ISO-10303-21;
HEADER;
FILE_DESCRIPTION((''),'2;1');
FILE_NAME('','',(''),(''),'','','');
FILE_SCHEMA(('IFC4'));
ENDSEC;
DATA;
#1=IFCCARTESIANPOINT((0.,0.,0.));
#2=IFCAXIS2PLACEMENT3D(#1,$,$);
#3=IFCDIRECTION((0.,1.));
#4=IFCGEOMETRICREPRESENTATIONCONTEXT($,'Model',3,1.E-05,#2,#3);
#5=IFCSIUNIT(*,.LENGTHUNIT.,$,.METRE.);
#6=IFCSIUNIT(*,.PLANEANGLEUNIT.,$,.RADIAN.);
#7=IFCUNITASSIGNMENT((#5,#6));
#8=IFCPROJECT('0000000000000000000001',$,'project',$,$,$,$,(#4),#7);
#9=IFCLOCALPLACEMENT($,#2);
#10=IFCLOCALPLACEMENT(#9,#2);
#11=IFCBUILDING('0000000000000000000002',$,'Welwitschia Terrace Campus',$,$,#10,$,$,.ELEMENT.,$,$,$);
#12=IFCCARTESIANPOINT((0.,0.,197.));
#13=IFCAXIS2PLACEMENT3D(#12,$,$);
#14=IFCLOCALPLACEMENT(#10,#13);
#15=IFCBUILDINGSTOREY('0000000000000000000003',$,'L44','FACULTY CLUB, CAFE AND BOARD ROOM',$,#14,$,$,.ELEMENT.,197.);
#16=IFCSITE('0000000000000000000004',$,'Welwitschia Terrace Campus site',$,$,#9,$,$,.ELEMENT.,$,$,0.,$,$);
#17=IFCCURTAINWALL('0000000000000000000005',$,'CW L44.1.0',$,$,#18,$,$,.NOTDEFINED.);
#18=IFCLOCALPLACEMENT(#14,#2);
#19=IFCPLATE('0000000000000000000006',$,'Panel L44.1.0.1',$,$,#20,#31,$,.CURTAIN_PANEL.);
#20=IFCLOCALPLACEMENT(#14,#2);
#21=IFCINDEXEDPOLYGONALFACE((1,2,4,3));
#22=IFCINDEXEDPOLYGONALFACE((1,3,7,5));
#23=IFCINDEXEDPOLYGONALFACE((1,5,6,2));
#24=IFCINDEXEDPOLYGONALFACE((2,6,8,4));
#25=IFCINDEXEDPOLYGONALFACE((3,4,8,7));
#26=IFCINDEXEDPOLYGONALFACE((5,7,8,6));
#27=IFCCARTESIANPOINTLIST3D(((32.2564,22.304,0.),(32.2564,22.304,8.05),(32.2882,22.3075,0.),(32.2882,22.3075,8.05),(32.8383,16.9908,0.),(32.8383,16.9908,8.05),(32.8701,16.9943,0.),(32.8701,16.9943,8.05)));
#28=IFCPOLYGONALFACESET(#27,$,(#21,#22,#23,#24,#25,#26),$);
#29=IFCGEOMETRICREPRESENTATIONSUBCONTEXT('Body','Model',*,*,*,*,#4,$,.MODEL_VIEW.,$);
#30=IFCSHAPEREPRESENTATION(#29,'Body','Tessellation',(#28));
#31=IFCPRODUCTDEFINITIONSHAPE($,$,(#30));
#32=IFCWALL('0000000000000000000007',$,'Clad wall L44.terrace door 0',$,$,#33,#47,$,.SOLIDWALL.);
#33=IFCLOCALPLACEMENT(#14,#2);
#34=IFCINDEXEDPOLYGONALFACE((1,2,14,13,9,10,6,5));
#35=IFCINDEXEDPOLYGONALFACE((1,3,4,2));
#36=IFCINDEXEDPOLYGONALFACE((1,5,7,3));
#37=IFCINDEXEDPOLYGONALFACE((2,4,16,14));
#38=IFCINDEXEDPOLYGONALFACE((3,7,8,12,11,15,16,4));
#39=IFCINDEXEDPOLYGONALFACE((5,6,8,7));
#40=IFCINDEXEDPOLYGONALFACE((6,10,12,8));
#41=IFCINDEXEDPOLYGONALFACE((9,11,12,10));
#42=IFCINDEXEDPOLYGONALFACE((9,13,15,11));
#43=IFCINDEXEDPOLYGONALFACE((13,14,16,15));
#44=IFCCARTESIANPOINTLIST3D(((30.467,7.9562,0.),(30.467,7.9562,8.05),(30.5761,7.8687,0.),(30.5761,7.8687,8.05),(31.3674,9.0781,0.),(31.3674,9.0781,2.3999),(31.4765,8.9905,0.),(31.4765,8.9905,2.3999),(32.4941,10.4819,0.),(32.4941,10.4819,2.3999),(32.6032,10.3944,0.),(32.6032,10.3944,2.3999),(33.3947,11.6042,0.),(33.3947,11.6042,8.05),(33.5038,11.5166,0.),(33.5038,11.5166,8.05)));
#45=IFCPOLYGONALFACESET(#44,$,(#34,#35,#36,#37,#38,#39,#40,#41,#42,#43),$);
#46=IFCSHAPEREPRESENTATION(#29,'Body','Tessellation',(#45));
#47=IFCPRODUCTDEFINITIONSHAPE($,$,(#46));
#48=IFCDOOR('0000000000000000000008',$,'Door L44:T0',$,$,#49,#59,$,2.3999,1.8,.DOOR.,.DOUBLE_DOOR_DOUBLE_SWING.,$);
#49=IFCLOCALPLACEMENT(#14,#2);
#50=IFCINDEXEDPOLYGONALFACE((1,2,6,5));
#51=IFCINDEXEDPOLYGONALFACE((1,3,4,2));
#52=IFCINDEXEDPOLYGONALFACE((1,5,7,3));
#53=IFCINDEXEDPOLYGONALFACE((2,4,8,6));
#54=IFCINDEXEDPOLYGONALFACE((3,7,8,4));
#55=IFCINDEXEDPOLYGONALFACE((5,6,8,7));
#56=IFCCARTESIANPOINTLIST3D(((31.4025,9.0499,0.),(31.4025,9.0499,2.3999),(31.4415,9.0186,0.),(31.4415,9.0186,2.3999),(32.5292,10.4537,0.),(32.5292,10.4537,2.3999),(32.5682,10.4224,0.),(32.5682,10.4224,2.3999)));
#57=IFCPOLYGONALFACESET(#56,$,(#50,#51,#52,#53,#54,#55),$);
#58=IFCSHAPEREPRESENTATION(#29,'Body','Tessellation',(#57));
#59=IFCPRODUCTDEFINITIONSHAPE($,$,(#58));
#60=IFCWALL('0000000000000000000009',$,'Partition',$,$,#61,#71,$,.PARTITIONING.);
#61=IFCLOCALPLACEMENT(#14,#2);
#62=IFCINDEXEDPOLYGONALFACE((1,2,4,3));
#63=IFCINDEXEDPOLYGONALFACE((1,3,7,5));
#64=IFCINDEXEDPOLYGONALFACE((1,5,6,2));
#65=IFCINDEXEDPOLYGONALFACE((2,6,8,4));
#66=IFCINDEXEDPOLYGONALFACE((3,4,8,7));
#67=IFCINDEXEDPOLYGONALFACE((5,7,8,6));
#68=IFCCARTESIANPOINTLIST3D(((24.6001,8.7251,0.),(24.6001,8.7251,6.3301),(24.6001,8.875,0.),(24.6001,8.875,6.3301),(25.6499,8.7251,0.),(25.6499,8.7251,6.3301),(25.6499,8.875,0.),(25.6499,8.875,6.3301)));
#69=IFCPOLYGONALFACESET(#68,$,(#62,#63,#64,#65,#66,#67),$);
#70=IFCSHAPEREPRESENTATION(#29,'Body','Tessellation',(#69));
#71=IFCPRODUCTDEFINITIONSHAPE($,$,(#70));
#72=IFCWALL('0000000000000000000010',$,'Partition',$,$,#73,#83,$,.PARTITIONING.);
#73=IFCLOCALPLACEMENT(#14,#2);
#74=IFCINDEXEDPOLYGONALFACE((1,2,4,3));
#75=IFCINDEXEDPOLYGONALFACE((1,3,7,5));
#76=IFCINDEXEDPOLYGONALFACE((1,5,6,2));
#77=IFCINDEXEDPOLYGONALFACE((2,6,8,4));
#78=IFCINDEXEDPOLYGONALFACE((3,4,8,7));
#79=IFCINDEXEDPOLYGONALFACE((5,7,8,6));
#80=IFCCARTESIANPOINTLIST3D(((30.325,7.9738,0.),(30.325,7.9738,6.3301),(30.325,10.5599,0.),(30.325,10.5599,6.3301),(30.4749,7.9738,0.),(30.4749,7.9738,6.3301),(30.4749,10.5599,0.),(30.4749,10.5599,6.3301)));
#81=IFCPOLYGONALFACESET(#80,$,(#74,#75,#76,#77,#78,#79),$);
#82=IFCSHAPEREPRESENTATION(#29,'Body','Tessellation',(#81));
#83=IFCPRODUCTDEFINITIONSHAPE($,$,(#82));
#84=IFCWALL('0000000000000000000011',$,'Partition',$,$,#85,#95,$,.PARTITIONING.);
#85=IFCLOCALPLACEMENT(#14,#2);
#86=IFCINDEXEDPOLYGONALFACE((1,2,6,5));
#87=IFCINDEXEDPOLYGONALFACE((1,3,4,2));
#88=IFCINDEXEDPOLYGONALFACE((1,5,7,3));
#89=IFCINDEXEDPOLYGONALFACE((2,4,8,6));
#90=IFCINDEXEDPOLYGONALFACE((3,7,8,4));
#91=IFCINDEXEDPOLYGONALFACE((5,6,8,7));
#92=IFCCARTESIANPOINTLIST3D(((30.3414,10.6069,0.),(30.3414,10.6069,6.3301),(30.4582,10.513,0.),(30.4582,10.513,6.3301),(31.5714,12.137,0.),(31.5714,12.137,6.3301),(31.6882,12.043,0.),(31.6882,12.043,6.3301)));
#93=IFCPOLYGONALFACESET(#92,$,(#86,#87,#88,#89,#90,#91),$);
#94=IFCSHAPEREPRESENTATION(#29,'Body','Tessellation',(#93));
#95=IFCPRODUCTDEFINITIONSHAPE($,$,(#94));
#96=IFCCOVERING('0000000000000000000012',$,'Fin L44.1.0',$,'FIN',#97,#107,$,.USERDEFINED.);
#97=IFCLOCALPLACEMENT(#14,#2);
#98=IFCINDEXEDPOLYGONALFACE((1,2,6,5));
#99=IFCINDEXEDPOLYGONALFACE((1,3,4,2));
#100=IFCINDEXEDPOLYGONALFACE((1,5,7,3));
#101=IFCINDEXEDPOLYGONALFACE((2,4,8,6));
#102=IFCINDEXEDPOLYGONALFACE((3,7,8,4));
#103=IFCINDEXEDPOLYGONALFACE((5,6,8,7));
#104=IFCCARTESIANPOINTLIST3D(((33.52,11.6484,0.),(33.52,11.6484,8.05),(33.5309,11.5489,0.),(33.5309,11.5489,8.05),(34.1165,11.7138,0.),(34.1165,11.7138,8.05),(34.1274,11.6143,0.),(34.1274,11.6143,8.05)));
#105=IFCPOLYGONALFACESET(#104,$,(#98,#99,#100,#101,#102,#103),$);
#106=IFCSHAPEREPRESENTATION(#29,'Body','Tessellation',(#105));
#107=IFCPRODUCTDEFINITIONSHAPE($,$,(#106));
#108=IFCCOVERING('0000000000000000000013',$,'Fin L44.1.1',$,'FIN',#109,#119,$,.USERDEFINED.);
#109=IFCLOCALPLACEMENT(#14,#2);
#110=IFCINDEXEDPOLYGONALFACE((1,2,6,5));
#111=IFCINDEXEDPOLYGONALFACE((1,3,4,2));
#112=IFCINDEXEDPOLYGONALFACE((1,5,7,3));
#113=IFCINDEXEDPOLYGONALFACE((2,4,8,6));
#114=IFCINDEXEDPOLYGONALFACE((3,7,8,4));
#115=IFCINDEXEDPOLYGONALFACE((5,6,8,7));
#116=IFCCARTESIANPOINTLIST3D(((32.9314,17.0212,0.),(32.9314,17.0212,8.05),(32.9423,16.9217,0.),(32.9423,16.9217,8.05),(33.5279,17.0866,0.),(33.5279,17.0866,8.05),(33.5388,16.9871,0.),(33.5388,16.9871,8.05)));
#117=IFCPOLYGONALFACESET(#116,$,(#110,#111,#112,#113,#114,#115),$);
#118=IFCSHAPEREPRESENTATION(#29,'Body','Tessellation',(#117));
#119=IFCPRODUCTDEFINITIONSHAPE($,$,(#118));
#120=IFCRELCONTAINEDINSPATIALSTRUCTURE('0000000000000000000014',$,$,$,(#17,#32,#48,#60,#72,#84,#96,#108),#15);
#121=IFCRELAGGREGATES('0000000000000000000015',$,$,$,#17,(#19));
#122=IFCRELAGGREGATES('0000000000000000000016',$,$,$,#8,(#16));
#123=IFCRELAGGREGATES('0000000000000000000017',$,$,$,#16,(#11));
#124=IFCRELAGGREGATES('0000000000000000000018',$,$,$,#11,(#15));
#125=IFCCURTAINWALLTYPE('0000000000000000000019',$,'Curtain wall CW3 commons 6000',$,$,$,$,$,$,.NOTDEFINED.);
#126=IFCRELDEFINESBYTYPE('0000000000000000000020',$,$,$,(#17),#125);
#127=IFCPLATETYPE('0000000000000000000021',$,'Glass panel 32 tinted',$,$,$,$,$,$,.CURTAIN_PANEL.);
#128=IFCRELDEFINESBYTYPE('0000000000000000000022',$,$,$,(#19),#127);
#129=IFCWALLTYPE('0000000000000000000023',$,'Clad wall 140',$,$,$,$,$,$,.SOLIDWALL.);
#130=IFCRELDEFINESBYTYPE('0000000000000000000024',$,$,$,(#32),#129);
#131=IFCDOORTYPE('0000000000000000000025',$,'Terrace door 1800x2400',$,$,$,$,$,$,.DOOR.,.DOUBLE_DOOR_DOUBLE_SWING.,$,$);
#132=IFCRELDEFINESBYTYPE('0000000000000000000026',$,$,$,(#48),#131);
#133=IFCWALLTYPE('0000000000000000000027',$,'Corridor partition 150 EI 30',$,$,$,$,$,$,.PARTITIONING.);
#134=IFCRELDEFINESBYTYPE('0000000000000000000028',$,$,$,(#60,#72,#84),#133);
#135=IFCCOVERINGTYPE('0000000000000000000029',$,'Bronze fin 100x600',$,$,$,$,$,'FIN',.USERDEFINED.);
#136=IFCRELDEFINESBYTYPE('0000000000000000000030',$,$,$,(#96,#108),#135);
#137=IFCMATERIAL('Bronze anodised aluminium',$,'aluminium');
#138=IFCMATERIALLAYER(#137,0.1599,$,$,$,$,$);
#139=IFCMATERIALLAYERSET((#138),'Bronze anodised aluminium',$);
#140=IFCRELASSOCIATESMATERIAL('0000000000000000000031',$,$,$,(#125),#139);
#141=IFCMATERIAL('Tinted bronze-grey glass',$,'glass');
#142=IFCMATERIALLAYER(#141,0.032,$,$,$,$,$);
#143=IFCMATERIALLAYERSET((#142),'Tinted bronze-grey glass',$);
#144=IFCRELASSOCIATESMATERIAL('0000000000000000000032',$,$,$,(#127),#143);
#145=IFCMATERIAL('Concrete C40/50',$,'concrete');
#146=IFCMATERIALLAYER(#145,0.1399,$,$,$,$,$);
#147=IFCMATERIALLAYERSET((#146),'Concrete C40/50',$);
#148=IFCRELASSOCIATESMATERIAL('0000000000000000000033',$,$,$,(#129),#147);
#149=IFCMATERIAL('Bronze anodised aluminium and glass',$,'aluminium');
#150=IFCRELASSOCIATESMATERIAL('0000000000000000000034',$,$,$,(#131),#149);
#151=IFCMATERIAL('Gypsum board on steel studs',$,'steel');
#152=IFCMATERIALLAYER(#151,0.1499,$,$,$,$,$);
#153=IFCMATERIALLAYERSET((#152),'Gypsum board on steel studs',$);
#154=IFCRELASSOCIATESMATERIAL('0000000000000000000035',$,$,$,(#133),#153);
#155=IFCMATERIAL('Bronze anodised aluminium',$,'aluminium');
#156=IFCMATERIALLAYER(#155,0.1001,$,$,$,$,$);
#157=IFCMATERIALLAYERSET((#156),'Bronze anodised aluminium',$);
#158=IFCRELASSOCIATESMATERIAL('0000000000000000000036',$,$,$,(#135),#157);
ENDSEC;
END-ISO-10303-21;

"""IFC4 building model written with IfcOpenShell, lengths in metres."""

from ifc_helpers import new_model, si_unit, direction, frame, frame_2d, origin, origin_2d, place, context, subcontext, project, spatial, rectangle, extrude, material, layer, layer_set, type_object, element, fill, aggregate, save


model = new_model("IFC4")

# Units and contexts
model_context = context("Model", 3, precision=1e-05, world=origin(), true_north=direction((0.0, 1.0)))
body_context = subcontext(model_context, "Body", "Model", "MODEL_VIEW")
ifc_project = project(units=[si_unit("LENGTHUNIT", "METRE"), si_unit("PLANEANGLEUNIT", "RADIAN")], contexts=[model_context])

# Site, building, storey
site_placement = place(None, origin())
site = spatial("IfcSite", under=ifc_project, at=site_placement, Name="Welwitschia Terrace Campus site", CompositionType="ELEMENT", RefElevation=0.0)
building_placement = place(site_placement, origin())
building = spatial("IfcBuilding", under=site, at=building_placement, Name="Welwitschia Terrace Campus", CompositionType="ELEMENT")
storey_placement = place(building_placement, frame((0.0, 0.0, 197.0)))
storey = spatial("IfcBuildingStorey", under=building, at=storey_placement, Name="L44", Description="FACULTY CLUB, CAFE AND BOARD ROOM", CompositionType="ELEMENT", Elevation=197.0)

# Curtain wall
ifc_material_1 = material(Name="Bronze anodised aluminium", Category="aluminium")
ifc_layer_1 = layer(ifc_material_1, 0.1599)
ifc_layer_set_1 = layer_set([ifc_layer_1], Name="Bronze anodised aluminium")
curtain_wall_type = type_object("IfcCurtainWallType", Name="Curtain wall CW3 commons 6000", PredefinedType="NOTDEFINED", material=ifc_layer_set_1)
curtain_wall_placement = place(storey_placement, origin())
curtain_wall = element("IfcCurtainWall", 1, at=curtain_wall_placement, inside=storey, type_object=curtain_wall_type, Name="CW L44.1.0", PredefinedType="NOTDEFINED")

# Plate
ifc_material_2 = material(Name="Tinted bronze-grey glass", Category="glass")
ifc_layer_2 = layer(ifc_material_2, 0.032)
ifc_layer_set_2 = layer_set([ifc_layer_2], Name="Tinted bronze-grey glass")
plate_type = type_object("IfcPlateType", Name="Glass panel 32 tinted", PredefinedType="CURTAIN_PANEL", material=ifc_layer_set_2)
plate_1_placement = place(storey_placement, frame((32.5632, 19.6492, 0.0), z_axis=(0.0, 0.0, 1.0), x_axis=(-0.108867, 0.994056, 0.0)))
plate_1 = element("IfcPlate", 2, at=plate_1_placement, type_object=plate_type, Name="Panel L44.1.0.1", PredefinedType="CURTAIN_PANEL", context=body_context, shape_type="SweptSolid", body=[
    extrude(rectangle(XDim=5.345, YDim=0.032, at=origin_2d()), origin(), (0.0, 0.0, 1.0), 8.05),
])
aggregate(curtain_wall, [plate_1])

# Wall, opening, door
ifc_material_3 = material(Name="Concrete C40/50", Category="concrete")
ifc_layer_3 = layer(ifc_material_3, 0.1399)
ifc_layer_set_3 = layer_set([ifc_layer_3], Name="Concrete C40/50")
wall_type_1 = type_object("IfcWallType", Name="Clad wall 140", PredefinedType="SOLIDWALL", material=ifc_layer_set_3)
wall_1_placement = place(storey_placement, frame((30.5215, 7.9124, 0.0), z_axis=(0.0, 0.0, 1.0), x_axis=(0.625916, 0.77989, 0.0)))
wall_1 = element("IfcWall", 3, at=wall_1_placement, inside=storey, type_object=wall_type_1, Name="Clad wall L44.terrace door 0", PredefinedType="SOLIDWALL", context=body_context, shape_type="SweptSolid", body=[
    extrude(rectangle(XDim=4.6775, YDim=0.1399, at=frame_2d((2.3389, 0.0))), origin(), (0.0, 0.0, 1.0), 8.05),
])
opening_placement = place(wall_1_placement, frame((1.4387, 0.0, 0.0)))
opening = element("IfcOpeningElement", 4, at=opening_placement, cuts=wall_1, PredefinedType="OPENING", context=body_context, shape_type="SweptSolid", body=[
    extrude(rectangle(XDim=1.8, YDim=2.3999, at=frame_2d((0.8999, 1.2))), frame((0.0, 0.0798, 0.0), z_axis=(0.0, -1.0, 0.0), x_axis=(1.0, 0.0, 0.0)), (0.0, 0.0, 1.0), 0.1599),
])
ifc_material_4 = material(Name="Bronze anodised aluminium and glass", Category="aluminium")
door_type = type_object("IfcDoorType", Name="Terrace door 1800x2400", OperationType="DOUBLE_DOOR_DOUBLE_SWING", PredefinedType="DOOR", material=ifc_material_4)
door_placement = place(opening_placement, origin())
door = element("IfcDoor", 5, at=door_placement, inside=storey, type_object=door_type, Name="Door L44:T0", OperationType="DOUBLE_DOOR_DOUBLE_SWING", OverallHeight=2.3999, OverallWidth=1.8, PredefinedType="DOOR", context=body_context, shape_type="SweptSolid", body=[
    extrude(rectangle(XDim=1.8, YDim=2.3999, at=frame_2d((0.8999, 1.2))), frame((0.0, 0.0249, 0.0), z_axis=(0.0, -1.0, 0.0), x_axis=(1.0, 0.0, 0.0)), (0.0, 0.0, 1.0), 0.05),
])
fill(opening, door)

# Walls
ifc_material_5 = material(Name="Gypsum board on steel studs", Category="steel")
ifc_layer_4 = layer(ifc_material_5, 0.1499)
ifc_layer_set_4 = layer_set([ifc_layer_4], Name="Gypsum board on steel studs")
wall_type_2 = type_object("IfcWallType", Name="Corridor partition 150 EI 30", PredefinedType="PARTITIONING", material=ifc_layer_set_4)
wall_2_placement = place(storey_placement, frame((24.6001, 8.8, 0.0), z_axis=(0.0, 0.0, 1.0), x_axis=(1.0, 0.0, 0.0)))
element("IfcWall", 6, at=wall_2_placement, inside=storey, type_object=wall_type_2, Name="Partition", PredefinedType="PARTITIONING", context=body_context, shape_type="SweptSolid", body=[
    extrude(rectangle(XDim=1.0498, YDim=0.1499, at=frame_2d((0.5249, 0.0))), origin(), (0.0, 0.0, 1.0), 6.3301),
])
wall_3_placement = place(storey_placement, frame((30.3999, 7.9739, 0.0), z_axis=(0.0, 0.0, 1.0), x_axis=(0.0, 1.0, 0.0)))
element("IfcWall", 7, at=wall_3_placement, inside=storey, type_object=wall_type_2, Name="Partition", PredefinedType="PARTITIONING", context=body_context, shape_type="SweptSolid", body=[
    extrude(rectangle(XDim=2.5862, YDim=0.1499, at=frame_2d((1.293, 0.0))), origin(), (0.0, 0.0, 1.0), 6.3301),
])
wall_4_placement = place(storey_placement, frame((30.3999, 10.5601, 0.0), z_axis=(0.0, 0.0, 1.0), x_axis=(0.626544, 0.779386, 0.0)))
element("IfcWall", 8, at=wall_4_placement, inside=storey, type_object=wall_type_2, Name="Partition", PredefinedType="PARTITIONING", context=body_context, shape_type="SweptSolid", body=[
    extrude(rectangle(XDim=1.9631, YDim=0.1499, at=frame_2d((0.9814, 0.0))), origin(), (0.0, 0.0, 1.0), 6.3301),
])

# Coverings
ifc_material_6 = material(Name="Bronze anodised aluminium", Category="aluminium")
ifc_layer_5 = layer(ifc_material_6, 0.1001)
ifc_layer_set_5 = layer_set([ifc_layer_5], Name="Bronze anodised aluminium")
covering_type = type_object("IfcCoveringType", Name="Bronze fin 100x600", ElementType="FIN", PredefinedType="USERDEFINED", material=ifc_layer_set_5)
for number, where, z_axis, x_axis, name in (
    (9, (33.8237, 11.6313, 0.0), (0.0, 0.0, 1.0), (-0.108867, 0.994056, 0.0), "Fin L44.1.0"),
    (10, (33.2351, 17.0042, 0.0), (0.0, 0.0, 1.0), (-0.108867, 0.994056, 0.0), "Fin L44.1.1"),
):
    element("IfcCovering", number, at=place(storey_placement, frame(where, z_axis=z_axis, x_axis=x_axis)), inside=storey, type_object=covering_type, Name=name, ObjectType="FIN", PredefinedType="USERDEFINED", context=body_context, shape_type="SweptSolid", body=[
        extrude(rectangle(XDim=0.1001, YDim=0.6001, at=origin_2d()), origin(), (0.0, 0.0, 1.0), 8.05),
    ])

save(model, "model.ifc")
